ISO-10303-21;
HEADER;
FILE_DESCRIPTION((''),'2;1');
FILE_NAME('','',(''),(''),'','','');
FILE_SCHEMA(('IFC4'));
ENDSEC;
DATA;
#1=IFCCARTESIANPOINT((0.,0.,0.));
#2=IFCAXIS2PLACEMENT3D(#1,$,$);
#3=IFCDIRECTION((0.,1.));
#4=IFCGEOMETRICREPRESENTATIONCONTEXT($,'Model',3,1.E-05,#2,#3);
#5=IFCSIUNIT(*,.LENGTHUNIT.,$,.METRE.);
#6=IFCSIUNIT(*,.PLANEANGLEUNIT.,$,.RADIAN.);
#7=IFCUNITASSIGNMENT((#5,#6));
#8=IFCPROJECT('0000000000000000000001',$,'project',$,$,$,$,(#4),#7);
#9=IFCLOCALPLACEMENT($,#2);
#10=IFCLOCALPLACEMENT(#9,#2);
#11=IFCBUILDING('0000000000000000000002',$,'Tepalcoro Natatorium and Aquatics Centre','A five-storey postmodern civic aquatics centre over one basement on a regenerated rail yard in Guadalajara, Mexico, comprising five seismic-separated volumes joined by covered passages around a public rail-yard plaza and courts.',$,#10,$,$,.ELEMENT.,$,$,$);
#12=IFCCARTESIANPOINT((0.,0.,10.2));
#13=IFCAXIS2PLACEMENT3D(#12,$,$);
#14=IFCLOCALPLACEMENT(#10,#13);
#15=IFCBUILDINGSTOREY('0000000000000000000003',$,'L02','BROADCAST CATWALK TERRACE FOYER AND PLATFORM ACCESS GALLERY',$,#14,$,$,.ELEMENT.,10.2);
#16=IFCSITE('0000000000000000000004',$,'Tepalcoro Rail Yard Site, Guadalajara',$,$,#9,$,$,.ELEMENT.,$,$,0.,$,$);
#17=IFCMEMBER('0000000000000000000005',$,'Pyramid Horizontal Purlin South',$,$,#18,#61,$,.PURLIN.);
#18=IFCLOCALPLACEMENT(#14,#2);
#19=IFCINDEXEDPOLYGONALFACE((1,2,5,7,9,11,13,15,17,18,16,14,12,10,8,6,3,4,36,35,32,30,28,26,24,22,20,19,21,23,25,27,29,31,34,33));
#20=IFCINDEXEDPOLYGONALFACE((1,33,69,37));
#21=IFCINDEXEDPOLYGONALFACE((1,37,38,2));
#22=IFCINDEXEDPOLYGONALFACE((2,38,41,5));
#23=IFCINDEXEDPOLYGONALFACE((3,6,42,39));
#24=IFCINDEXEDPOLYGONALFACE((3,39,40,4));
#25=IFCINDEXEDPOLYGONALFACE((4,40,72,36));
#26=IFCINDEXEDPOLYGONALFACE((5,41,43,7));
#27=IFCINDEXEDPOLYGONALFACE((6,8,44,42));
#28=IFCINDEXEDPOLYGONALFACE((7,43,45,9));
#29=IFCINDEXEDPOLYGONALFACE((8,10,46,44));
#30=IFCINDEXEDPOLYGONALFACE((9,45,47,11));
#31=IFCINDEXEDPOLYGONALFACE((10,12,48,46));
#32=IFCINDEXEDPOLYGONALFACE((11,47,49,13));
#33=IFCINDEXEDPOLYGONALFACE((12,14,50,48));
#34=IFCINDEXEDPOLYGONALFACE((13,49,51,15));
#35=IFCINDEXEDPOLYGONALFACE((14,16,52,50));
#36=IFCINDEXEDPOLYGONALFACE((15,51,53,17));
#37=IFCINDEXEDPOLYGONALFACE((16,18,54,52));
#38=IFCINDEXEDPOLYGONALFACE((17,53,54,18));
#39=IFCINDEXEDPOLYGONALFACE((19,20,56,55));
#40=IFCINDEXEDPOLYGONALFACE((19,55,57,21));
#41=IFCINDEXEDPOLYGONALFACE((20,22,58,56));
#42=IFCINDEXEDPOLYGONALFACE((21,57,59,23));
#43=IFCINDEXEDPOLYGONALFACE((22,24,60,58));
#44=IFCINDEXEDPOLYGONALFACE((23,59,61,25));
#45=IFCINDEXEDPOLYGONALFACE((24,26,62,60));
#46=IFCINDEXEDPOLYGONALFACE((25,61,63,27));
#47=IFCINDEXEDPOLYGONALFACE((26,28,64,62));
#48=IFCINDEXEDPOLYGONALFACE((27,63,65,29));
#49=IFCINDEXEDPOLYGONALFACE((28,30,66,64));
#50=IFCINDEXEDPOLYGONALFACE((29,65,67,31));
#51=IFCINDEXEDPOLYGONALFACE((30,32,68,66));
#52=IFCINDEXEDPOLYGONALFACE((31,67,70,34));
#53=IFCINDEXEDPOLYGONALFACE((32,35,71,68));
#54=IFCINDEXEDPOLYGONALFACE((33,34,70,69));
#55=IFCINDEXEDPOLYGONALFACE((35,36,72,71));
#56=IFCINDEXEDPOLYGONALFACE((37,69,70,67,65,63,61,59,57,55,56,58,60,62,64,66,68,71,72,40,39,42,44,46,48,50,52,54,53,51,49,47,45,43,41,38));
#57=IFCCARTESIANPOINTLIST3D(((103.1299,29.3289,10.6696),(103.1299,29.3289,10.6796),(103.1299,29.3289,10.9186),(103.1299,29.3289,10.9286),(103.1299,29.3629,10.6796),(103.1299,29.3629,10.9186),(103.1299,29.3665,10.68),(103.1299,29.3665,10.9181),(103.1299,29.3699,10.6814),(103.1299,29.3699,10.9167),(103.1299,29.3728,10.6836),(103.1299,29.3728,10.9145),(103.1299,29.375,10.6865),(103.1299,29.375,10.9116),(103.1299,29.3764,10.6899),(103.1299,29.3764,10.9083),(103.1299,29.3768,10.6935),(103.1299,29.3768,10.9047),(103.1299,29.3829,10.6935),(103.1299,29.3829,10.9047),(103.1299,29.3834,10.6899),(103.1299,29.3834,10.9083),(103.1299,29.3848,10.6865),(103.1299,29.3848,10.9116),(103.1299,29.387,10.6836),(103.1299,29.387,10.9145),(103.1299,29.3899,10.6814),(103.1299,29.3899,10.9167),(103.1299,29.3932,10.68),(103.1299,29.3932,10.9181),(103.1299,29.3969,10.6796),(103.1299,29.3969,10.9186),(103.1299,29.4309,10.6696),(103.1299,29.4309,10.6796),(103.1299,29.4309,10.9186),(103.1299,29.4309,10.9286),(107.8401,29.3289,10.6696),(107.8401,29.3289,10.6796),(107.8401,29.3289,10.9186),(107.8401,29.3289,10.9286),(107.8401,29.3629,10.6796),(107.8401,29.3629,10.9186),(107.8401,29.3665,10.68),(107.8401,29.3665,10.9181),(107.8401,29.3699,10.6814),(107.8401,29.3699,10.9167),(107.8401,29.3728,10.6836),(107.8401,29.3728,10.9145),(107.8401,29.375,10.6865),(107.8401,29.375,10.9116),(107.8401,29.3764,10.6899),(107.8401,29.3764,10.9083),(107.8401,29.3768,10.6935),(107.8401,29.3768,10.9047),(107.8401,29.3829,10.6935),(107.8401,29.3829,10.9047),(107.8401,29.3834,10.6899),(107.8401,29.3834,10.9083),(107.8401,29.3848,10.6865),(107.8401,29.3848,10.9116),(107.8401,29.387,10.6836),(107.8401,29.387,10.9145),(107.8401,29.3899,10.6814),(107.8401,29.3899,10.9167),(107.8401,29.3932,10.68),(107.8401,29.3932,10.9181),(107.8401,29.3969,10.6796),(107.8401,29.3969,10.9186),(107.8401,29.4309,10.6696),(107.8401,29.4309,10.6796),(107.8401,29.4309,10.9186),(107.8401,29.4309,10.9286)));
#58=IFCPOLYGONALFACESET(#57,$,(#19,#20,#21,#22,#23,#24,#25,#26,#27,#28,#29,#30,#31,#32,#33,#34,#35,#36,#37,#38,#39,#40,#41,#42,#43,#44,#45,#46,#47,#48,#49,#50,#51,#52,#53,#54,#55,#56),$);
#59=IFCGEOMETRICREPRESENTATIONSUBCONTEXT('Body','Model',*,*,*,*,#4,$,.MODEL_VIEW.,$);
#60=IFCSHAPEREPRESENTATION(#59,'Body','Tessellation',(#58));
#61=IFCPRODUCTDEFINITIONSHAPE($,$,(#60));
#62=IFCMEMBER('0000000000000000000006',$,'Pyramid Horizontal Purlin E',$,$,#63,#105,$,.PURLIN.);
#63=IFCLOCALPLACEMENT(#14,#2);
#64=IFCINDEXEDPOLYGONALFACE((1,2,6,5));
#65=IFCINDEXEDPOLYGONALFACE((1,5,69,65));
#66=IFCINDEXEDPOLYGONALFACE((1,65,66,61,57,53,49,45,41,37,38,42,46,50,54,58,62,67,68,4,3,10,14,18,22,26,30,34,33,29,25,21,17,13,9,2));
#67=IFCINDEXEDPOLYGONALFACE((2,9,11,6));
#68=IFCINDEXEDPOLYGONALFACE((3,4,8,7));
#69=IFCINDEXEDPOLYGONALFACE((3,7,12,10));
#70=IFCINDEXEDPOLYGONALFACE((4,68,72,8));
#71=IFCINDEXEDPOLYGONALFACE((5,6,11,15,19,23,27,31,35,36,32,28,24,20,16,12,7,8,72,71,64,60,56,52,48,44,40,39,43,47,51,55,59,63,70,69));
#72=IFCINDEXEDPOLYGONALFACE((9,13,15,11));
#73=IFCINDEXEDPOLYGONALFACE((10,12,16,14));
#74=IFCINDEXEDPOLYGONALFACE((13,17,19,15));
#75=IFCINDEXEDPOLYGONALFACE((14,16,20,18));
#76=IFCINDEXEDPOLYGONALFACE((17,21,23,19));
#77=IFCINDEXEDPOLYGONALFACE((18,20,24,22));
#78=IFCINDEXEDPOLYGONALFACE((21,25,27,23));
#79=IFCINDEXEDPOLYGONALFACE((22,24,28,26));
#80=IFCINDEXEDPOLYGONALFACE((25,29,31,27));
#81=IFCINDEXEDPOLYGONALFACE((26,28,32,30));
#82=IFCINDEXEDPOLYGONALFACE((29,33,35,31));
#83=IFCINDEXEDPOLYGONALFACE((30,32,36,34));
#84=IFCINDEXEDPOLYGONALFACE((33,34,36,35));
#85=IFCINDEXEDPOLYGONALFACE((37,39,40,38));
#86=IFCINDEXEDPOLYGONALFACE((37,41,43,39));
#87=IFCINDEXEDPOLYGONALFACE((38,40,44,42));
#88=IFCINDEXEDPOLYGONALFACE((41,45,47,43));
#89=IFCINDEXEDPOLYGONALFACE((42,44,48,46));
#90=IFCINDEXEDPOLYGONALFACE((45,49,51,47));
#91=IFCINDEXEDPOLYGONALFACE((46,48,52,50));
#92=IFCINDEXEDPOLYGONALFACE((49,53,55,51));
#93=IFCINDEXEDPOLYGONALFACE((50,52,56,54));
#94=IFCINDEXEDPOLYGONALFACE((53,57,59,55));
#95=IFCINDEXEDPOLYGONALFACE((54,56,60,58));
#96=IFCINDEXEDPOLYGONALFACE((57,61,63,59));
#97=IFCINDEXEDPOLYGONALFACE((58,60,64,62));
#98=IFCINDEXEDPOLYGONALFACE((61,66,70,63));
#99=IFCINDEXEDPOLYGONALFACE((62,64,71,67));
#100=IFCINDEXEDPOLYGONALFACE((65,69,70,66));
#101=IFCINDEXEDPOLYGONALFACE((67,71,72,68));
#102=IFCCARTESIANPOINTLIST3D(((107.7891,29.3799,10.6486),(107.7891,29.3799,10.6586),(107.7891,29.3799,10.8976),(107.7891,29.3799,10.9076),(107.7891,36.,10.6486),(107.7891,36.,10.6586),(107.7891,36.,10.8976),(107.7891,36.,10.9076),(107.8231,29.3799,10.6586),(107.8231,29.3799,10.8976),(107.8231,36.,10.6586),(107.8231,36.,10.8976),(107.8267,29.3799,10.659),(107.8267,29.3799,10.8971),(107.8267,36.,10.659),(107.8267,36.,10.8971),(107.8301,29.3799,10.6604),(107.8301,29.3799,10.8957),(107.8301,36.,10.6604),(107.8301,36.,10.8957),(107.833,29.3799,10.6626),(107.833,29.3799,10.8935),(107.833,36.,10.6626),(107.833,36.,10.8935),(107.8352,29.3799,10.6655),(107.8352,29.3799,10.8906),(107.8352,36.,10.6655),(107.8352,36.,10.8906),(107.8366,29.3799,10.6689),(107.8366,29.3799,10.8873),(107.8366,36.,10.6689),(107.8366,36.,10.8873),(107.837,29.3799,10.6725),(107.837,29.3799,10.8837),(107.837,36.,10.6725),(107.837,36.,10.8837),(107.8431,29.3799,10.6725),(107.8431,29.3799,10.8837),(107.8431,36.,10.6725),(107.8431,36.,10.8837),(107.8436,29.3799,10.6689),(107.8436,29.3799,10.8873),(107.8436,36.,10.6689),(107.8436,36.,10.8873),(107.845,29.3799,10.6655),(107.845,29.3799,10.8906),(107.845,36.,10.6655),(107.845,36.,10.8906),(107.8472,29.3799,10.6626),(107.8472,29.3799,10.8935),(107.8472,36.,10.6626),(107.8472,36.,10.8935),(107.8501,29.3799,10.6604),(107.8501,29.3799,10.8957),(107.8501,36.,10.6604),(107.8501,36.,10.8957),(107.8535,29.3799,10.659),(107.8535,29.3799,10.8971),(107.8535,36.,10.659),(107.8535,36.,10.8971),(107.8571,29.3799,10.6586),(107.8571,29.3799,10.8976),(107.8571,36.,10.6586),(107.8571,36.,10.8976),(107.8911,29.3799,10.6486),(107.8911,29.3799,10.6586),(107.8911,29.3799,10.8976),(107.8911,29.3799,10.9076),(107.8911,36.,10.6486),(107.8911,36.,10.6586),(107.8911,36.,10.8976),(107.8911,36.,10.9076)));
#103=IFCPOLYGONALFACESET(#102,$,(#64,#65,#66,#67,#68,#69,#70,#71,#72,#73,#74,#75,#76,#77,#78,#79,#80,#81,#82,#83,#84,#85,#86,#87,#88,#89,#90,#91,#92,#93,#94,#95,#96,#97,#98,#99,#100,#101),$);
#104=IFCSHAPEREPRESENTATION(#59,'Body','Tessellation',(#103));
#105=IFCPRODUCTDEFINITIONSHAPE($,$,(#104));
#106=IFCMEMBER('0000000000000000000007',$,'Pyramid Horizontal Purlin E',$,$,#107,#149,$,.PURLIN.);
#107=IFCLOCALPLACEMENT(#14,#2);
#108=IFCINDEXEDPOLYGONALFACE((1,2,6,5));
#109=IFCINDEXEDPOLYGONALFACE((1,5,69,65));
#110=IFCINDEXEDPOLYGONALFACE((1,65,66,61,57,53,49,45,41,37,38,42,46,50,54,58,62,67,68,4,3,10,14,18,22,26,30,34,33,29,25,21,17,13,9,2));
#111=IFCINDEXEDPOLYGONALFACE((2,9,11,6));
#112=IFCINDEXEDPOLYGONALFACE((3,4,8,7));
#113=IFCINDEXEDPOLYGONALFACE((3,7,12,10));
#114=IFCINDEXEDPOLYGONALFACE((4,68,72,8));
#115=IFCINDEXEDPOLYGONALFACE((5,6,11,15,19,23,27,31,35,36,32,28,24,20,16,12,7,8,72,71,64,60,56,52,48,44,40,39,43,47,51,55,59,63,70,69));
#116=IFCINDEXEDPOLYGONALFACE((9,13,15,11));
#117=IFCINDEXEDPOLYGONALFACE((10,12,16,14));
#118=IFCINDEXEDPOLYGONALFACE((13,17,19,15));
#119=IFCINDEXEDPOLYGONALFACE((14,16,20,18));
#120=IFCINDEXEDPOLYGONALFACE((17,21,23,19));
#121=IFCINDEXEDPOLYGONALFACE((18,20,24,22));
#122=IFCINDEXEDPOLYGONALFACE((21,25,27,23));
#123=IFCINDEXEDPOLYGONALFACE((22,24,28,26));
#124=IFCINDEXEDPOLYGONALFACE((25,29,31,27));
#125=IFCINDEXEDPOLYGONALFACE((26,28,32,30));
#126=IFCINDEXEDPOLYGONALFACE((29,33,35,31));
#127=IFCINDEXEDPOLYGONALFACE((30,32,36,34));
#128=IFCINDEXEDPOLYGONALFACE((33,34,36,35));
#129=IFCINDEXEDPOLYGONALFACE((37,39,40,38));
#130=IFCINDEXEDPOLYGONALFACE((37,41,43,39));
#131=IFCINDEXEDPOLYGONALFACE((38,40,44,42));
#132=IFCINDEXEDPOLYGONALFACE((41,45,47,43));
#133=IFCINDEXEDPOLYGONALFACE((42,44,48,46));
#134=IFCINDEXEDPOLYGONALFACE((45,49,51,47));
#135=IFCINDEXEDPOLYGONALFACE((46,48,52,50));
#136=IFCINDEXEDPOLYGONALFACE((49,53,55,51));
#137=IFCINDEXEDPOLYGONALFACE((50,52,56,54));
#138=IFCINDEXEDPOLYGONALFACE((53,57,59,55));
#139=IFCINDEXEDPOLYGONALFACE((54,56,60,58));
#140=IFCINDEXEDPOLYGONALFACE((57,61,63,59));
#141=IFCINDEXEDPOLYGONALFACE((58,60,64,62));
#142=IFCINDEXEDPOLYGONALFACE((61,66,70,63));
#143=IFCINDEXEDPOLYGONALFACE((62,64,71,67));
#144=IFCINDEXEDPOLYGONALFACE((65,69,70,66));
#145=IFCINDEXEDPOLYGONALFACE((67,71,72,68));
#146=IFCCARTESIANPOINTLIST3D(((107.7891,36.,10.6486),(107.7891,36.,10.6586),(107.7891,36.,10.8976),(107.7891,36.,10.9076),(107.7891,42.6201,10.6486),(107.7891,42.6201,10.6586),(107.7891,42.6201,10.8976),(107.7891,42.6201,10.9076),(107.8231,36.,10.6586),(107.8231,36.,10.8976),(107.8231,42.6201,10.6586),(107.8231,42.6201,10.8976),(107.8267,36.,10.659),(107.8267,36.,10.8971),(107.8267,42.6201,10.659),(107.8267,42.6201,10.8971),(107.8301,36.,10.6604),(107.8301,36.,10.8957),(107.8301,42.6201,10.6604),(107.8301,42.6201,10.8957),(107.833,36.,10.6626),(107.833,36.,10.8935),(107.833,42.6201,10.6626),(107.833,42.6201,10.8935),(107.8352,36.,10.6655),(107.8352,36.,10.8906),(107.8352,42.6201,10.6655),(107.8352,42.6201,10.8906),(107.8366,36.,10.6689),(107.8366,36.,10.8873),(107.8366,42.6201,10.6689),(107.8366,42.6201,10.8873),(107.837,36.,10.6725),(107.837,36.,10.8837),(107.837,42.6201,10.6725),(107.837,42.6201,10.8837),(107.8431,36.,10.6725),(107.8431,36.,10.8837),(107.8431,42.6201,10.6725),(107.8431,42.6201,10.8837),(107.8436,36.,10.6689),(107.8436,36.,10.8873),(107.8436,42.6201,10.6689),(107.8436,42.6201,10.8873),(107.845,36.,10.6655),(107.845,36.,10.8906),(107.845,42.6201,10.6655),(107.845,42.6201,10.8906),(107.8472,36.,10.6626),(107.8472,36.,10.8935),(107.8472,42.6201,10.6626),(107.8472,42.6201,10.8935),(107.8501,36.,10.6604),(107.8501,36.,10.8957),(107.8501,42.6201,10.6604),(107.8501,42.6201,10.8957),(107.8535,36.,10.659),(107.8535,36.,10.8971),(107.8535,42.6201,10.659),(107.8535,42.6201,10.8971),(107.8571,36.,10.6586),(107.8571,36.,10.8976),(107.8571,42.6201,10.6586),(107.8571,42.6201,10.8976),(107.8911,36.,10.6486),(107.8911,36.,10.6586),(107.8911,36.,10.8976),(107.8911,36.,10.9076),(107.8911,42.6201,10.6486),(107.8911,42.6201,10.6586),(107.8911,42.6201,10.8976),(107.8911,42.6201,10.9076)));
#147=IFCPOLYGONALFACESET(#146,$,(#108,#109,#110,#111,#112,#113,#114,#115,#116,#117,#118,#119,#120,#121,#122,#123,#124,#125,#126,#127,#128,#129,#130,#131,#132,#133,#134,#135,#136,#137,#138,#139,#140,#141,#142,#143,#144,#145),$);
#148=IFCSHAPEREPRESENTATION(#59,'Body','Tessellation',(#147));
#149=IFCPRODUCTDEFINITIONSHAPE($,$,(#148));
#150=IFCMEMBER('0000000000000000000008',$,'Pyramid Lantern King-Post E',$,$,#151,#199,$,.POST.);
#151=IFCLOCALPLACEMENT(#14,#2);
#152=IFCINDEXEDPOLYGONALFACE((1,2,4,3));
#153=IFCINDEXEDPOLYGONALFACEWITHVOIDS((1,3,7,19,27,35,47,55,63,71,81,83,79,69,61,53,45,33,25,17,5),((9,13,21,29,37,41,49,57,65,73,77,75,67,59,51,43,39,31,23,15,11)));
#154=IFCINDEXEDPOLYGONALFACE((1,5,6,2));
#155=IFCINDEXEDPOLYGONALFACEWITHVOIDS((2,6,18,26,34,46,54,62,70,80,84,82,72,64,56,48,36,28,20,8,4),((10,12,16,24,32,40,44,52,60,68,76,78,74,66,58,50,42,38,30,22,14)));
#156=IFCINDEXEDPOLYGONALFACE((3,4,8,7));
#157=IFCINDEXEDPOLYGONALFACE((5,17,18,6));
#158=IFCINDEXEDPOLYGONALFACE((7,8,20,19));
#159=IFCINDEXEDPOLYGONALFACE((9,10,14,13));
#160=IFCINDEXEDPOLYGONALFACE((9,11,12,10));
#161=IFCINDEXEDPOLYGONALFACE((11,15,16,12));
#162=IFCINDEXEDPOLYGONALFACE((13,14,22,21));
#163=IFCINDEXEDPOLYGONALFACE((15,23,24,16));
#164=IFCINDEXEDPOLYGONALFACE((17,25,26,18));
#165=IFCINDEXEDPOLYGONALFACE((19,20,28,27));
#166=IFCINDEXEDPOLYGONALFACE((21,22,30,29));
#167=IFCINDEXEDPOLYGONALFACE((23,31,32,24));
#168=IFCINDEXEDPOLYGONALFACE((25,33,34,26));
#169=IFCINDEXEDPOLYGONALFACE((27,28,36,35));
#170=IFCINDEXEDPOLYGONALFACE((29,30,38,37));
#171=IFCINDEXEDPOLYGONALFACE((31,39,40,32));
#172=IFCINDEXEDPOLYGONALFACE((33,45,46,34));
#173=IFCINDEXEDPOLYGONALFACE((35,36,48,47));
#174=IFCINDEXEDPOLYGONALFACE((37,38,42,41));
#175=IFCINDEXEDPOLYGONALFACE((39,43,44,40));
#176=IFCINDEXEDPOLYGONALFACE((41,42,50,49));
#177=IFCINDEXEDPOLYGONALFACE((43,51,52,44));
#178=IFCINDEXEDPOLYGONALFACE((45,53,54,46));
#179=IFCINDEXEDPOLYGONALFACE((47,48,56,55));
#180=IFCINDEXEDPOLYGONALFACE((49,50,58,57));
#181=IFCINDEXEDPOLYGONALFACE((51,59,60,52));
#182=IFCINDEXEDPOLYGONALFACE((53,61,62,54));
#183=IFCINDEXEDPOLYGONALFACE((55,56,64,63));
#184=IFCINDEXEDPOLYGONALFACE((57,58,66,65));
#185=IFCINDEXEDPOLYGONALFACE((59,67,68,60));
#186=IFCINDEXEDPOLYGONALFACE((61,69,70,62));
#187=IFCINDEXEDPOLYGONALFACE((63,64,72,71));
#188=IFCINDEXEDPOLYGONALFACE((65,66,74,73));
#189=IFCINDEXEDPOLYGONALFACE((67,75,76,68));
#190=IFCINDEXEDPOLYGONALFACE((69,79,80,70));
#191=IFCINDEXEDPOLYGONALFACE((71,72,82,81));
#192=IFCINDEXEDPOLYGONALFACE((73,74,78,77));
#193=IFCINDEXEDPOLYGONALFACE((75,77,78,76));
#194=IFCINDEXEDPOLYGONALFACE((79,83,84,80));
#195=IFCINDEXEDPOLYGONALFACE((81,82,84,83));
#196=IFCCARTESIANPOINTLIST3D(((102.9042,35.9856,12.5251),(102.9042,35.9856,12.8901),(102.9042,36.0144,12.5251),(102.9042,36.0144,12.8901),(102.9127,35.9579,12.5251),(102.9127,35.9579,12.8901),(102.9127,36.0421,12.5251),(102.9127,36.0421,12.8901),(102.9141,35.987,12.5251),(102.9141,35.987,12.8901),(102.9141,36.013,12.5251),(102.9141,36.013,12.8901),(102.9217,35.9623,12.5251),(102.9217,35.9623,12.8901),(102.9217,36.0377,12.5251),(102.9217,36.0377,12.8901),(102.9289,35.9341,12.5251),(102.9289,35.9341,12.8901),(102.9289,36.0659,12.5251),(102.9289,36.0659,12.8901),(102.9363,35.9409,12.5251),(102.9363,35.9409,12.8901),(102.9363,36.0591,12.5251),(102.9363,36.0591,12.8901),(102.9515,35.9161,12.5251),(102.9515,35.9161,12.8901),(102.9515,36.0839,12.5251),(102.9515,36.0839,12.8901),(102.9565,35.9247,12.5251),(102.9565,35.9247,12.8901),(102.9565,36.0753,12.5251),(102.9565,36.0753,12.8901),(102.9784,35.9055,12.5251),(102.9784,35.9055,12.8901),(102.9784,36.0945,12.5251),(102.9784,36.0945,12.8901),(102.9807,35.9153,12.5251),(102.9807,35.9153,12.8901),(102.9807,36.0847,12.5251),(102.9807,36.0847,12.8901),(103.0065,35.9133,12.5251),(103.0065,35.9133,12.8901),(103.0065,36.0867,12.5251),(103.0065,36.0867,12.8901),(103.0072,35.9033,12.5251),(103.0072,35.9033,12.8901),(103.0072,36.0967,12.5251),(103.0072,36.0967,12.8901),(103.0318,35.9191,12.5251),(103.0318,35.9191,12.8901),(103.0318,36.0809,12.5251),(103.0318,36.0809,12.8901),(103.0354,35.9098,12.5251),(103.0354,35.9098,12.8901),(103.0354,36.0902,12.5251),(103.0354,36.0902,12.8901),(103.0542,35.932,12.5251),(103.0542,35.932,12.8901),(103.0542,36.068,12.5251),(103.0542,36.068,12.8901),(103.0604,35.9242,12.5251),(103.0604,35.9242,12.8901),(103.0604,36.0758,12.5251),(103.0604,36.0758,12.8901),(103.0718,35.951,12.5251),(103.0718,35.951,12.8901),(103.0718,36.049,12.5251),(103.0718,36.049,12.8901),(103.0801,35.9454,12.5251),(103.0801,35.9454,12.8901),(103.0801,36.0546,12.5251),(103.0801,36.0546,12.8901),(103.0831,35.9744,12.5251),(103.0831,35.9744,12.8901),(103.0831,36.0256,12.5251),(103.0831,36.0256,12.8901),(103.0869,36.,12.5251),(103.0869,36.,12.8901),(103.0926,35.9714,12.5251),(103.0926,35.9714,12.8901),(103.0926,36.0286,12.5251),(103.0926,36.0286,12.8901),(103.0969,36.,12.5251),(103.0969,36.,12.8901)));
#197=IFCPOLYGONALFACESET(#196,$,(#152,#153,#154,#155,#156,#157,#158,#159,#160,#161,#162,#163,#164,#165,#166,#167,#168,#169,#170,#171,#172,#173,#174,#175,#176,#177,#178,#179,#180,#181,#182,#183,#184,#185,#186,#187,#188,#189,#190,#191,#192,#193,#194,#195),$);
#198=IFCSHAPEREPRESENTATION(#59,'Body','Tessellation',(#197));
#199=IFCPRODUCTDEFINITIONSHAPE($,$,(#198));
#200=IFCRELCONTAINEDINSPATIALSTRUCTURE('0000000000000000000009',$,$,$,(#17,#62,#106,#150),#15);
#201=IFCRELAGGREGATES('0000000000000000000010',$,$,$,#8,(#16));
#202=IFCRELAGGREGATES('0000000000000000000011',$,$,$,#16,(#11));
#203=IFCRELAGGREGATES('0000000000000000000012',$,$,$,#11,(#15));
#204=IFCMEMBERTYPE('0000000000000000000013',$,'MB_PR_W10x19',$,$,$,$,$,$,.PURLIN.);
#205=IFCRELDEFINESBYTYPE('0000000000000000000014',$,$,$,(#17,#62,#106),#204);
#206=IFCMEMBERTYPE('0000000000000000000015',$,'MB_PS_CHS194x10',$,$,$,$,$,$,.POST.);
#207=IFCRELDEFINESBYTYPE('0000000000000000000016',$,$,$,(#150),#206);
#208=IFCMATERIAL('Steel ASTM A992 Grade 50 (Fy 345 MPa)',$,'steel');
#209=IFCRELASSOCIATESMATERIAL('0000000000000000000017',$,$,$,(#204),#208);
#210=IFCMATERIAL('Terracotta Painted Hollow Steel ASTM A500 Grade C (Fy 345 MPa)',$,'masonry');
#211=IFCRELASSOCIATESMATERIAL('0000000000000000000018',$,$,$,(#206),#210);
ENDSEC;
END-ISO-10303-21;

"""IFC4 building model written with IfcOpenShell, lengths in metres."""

from ifc_helpers import new_model, si_unit, direction, frame, origin, origin_2d, place, context, subcontext, project, spatial, hollow_circle, i_section, extrude, material, material_profile, profile_set, type_object, element, save


model = new_model("IFC4")

# Units and contexts
model_context = context("Model", 3, precision=1e-05, world=origin(), true_north=direction((0.0, 1.0)))
body_context = subcontext(model_context, "Body", "Model", "MODEL_VIEW")
ifc_project = project(units=[si_unit("LENGTHUNIT", "METRE"), si_unit("PLANEANGLEUNIT", "RADIAN")], contexts=[model_context])

# Site, building, storey
site_placement = place(None, origin())
site = spatial("IfcSite", under=ifc_project, at=site_placement, Name="Tepalcoro Rail Yard Site, Guadalajara", CompositionType="ELEMENT", RefElevation=0.0)
building_placement = place(site_placement, origin())
building = spatial("IfcBuilding", under=site, at=building_placement, Name="Tepalcoro Natatorium and Aquatics Centre", Description="A five-storey postmodern civic aquatics centre over one basement on a regenerated rail yard in Guadalajara, Mexico, comprising five seismic-separated volumes joined by covered passages around a public rail-yard plaza and courts.", CompositionType="ELEMENT")
storey_placement = place(building_placement, frame((0.0, 0.0, 10.2)))
storey = spatial("IfcBuildingStorey", under=building, at=storey_placement, Name="L02", Description="BROADCAST CATWALK TERRACE FOYER AND PLATFORM ACCESS GALLERY", CompositionType="ELEMENT", Elevation=10.2)

# Shared definitions
ifc_material_1 = material(Name="Terracotta Painted Hollow Steel ASTM A500 Grade C (Fy 345 MPa)", Category="masonry")

# Members
ifc_material_2 = material(Name="Steel ASTM A992 Grade 50 (Fy 345 MPa)", Category="steel")
ifc_material_profile_1 = material_profile(ifc_material_2, i_section(OverallWidth=0.1021, OverallDepth=0.259, WebThickness=0.0061, FlangeThickness=0.01, FilletRadius=0.0139, at=origin_2d()), Name="W10X19")
ifc_profile_set_1 = profile_set([ifc_material_profile_1], Name="Steel ASTM A992 Grade 50 (Fy 345 MPa)")
member_type_1 = type_object("IfcMemberType", Name="MB_PR_W10x19", PredefinedType="PURLIN", material=ifc_profile_set_1)
member_1_placement = place(storey_placement, frame((103.1299, 29.3799, 10.7991), z_axis=(1.0, 0.0, 0.0), x_axis=(0.0, 1.0, 0.0)))
element("IfcMember", 1, at=member_1_placement, inside=storey, type_object=member_type_1, Name="Pyramid Horizontal Purlin South", PredefinedType="PURLIN", context=body_context, shape_type="SweptSolid", body=[
    extrude(i_section(OverallWidth=0.1021, OverallDepth=0.259, WebThickness=0.0061, FlangeThickness=0.01, FilletRadius=0.0139, at=origin_2d()), origin(), (0.0, 0.0, 1.0), 4.7102),
])
for number, where, z_axis, x_axis, name in (
    (2, (107.8401, 29.3799, 10.7781), (0.0, 1.0, 0.0), (-1.0, 0.0, 0.0), "Pyramid Horizontal Purlin E"),
    (3, (107.8401, 36.0, 10.7781), (0.0, 1.0, 0.0), (-1.0, 0.0, 0.0), "Pyramid Horizontal Purlin E"),
):
    element("IfcMember", number, at=place(storey_placement, frame(where, z_axis=z_axis, x_axis=x_axis)), inside=storey, type_object=member_type_1, Name=name, PredefinedType="PURLIN", context=body_context, shape_type="SweptSolid", body=[
        extrude(i_section(OverallWidth=0.1021, OverallDepth=0.259, WebThickness=0.0061, FlangeThickness=0.01, FilletRadius=0.0139, at=origin_2d()), origin(), (0.0, 0.0, 1.0), 6.6201),
    ])
ifc_material_profile_2 = material_profile(ifc_material_1, hollow_circle(Radius=0.0969, WallThickness=0.01, at=origin_2d()), Name="CHS194X10")
ifc_profile_set_2 = profile_set([ifc_material_profile_2], Name="Terracotta Painted Hollow Steel ASTM A500 Grade C (Fy 345 MPa)")
member_type_2 = type_object("IfcMemberType", Name="MB_PS_CHS194x10", PredefinedType="POST", material=ifc_profile_set_2)
member_2_placement = place(storey_placement, frame((103.0, 36.0, 12.5251), z_axis=(0.0, 0.0, 1.0), x_axis=(1.0, 0.0, 0.0)))
element("IfcMember", 4, at=member_2_placement, inside=storey, type_object=member_type_2, Name="Pyramid Lantern King-Post E", PredefinedType="POST", context=body_context, shape_type="SweptSolid", body=[
    extrude(hollow_circle(Radius=0.0969, WallThickness=0.01, at=origin_2d()), origin(), (0.0, 0.0, 1.0), 0.365),
])

save(model, "model.ifc")
